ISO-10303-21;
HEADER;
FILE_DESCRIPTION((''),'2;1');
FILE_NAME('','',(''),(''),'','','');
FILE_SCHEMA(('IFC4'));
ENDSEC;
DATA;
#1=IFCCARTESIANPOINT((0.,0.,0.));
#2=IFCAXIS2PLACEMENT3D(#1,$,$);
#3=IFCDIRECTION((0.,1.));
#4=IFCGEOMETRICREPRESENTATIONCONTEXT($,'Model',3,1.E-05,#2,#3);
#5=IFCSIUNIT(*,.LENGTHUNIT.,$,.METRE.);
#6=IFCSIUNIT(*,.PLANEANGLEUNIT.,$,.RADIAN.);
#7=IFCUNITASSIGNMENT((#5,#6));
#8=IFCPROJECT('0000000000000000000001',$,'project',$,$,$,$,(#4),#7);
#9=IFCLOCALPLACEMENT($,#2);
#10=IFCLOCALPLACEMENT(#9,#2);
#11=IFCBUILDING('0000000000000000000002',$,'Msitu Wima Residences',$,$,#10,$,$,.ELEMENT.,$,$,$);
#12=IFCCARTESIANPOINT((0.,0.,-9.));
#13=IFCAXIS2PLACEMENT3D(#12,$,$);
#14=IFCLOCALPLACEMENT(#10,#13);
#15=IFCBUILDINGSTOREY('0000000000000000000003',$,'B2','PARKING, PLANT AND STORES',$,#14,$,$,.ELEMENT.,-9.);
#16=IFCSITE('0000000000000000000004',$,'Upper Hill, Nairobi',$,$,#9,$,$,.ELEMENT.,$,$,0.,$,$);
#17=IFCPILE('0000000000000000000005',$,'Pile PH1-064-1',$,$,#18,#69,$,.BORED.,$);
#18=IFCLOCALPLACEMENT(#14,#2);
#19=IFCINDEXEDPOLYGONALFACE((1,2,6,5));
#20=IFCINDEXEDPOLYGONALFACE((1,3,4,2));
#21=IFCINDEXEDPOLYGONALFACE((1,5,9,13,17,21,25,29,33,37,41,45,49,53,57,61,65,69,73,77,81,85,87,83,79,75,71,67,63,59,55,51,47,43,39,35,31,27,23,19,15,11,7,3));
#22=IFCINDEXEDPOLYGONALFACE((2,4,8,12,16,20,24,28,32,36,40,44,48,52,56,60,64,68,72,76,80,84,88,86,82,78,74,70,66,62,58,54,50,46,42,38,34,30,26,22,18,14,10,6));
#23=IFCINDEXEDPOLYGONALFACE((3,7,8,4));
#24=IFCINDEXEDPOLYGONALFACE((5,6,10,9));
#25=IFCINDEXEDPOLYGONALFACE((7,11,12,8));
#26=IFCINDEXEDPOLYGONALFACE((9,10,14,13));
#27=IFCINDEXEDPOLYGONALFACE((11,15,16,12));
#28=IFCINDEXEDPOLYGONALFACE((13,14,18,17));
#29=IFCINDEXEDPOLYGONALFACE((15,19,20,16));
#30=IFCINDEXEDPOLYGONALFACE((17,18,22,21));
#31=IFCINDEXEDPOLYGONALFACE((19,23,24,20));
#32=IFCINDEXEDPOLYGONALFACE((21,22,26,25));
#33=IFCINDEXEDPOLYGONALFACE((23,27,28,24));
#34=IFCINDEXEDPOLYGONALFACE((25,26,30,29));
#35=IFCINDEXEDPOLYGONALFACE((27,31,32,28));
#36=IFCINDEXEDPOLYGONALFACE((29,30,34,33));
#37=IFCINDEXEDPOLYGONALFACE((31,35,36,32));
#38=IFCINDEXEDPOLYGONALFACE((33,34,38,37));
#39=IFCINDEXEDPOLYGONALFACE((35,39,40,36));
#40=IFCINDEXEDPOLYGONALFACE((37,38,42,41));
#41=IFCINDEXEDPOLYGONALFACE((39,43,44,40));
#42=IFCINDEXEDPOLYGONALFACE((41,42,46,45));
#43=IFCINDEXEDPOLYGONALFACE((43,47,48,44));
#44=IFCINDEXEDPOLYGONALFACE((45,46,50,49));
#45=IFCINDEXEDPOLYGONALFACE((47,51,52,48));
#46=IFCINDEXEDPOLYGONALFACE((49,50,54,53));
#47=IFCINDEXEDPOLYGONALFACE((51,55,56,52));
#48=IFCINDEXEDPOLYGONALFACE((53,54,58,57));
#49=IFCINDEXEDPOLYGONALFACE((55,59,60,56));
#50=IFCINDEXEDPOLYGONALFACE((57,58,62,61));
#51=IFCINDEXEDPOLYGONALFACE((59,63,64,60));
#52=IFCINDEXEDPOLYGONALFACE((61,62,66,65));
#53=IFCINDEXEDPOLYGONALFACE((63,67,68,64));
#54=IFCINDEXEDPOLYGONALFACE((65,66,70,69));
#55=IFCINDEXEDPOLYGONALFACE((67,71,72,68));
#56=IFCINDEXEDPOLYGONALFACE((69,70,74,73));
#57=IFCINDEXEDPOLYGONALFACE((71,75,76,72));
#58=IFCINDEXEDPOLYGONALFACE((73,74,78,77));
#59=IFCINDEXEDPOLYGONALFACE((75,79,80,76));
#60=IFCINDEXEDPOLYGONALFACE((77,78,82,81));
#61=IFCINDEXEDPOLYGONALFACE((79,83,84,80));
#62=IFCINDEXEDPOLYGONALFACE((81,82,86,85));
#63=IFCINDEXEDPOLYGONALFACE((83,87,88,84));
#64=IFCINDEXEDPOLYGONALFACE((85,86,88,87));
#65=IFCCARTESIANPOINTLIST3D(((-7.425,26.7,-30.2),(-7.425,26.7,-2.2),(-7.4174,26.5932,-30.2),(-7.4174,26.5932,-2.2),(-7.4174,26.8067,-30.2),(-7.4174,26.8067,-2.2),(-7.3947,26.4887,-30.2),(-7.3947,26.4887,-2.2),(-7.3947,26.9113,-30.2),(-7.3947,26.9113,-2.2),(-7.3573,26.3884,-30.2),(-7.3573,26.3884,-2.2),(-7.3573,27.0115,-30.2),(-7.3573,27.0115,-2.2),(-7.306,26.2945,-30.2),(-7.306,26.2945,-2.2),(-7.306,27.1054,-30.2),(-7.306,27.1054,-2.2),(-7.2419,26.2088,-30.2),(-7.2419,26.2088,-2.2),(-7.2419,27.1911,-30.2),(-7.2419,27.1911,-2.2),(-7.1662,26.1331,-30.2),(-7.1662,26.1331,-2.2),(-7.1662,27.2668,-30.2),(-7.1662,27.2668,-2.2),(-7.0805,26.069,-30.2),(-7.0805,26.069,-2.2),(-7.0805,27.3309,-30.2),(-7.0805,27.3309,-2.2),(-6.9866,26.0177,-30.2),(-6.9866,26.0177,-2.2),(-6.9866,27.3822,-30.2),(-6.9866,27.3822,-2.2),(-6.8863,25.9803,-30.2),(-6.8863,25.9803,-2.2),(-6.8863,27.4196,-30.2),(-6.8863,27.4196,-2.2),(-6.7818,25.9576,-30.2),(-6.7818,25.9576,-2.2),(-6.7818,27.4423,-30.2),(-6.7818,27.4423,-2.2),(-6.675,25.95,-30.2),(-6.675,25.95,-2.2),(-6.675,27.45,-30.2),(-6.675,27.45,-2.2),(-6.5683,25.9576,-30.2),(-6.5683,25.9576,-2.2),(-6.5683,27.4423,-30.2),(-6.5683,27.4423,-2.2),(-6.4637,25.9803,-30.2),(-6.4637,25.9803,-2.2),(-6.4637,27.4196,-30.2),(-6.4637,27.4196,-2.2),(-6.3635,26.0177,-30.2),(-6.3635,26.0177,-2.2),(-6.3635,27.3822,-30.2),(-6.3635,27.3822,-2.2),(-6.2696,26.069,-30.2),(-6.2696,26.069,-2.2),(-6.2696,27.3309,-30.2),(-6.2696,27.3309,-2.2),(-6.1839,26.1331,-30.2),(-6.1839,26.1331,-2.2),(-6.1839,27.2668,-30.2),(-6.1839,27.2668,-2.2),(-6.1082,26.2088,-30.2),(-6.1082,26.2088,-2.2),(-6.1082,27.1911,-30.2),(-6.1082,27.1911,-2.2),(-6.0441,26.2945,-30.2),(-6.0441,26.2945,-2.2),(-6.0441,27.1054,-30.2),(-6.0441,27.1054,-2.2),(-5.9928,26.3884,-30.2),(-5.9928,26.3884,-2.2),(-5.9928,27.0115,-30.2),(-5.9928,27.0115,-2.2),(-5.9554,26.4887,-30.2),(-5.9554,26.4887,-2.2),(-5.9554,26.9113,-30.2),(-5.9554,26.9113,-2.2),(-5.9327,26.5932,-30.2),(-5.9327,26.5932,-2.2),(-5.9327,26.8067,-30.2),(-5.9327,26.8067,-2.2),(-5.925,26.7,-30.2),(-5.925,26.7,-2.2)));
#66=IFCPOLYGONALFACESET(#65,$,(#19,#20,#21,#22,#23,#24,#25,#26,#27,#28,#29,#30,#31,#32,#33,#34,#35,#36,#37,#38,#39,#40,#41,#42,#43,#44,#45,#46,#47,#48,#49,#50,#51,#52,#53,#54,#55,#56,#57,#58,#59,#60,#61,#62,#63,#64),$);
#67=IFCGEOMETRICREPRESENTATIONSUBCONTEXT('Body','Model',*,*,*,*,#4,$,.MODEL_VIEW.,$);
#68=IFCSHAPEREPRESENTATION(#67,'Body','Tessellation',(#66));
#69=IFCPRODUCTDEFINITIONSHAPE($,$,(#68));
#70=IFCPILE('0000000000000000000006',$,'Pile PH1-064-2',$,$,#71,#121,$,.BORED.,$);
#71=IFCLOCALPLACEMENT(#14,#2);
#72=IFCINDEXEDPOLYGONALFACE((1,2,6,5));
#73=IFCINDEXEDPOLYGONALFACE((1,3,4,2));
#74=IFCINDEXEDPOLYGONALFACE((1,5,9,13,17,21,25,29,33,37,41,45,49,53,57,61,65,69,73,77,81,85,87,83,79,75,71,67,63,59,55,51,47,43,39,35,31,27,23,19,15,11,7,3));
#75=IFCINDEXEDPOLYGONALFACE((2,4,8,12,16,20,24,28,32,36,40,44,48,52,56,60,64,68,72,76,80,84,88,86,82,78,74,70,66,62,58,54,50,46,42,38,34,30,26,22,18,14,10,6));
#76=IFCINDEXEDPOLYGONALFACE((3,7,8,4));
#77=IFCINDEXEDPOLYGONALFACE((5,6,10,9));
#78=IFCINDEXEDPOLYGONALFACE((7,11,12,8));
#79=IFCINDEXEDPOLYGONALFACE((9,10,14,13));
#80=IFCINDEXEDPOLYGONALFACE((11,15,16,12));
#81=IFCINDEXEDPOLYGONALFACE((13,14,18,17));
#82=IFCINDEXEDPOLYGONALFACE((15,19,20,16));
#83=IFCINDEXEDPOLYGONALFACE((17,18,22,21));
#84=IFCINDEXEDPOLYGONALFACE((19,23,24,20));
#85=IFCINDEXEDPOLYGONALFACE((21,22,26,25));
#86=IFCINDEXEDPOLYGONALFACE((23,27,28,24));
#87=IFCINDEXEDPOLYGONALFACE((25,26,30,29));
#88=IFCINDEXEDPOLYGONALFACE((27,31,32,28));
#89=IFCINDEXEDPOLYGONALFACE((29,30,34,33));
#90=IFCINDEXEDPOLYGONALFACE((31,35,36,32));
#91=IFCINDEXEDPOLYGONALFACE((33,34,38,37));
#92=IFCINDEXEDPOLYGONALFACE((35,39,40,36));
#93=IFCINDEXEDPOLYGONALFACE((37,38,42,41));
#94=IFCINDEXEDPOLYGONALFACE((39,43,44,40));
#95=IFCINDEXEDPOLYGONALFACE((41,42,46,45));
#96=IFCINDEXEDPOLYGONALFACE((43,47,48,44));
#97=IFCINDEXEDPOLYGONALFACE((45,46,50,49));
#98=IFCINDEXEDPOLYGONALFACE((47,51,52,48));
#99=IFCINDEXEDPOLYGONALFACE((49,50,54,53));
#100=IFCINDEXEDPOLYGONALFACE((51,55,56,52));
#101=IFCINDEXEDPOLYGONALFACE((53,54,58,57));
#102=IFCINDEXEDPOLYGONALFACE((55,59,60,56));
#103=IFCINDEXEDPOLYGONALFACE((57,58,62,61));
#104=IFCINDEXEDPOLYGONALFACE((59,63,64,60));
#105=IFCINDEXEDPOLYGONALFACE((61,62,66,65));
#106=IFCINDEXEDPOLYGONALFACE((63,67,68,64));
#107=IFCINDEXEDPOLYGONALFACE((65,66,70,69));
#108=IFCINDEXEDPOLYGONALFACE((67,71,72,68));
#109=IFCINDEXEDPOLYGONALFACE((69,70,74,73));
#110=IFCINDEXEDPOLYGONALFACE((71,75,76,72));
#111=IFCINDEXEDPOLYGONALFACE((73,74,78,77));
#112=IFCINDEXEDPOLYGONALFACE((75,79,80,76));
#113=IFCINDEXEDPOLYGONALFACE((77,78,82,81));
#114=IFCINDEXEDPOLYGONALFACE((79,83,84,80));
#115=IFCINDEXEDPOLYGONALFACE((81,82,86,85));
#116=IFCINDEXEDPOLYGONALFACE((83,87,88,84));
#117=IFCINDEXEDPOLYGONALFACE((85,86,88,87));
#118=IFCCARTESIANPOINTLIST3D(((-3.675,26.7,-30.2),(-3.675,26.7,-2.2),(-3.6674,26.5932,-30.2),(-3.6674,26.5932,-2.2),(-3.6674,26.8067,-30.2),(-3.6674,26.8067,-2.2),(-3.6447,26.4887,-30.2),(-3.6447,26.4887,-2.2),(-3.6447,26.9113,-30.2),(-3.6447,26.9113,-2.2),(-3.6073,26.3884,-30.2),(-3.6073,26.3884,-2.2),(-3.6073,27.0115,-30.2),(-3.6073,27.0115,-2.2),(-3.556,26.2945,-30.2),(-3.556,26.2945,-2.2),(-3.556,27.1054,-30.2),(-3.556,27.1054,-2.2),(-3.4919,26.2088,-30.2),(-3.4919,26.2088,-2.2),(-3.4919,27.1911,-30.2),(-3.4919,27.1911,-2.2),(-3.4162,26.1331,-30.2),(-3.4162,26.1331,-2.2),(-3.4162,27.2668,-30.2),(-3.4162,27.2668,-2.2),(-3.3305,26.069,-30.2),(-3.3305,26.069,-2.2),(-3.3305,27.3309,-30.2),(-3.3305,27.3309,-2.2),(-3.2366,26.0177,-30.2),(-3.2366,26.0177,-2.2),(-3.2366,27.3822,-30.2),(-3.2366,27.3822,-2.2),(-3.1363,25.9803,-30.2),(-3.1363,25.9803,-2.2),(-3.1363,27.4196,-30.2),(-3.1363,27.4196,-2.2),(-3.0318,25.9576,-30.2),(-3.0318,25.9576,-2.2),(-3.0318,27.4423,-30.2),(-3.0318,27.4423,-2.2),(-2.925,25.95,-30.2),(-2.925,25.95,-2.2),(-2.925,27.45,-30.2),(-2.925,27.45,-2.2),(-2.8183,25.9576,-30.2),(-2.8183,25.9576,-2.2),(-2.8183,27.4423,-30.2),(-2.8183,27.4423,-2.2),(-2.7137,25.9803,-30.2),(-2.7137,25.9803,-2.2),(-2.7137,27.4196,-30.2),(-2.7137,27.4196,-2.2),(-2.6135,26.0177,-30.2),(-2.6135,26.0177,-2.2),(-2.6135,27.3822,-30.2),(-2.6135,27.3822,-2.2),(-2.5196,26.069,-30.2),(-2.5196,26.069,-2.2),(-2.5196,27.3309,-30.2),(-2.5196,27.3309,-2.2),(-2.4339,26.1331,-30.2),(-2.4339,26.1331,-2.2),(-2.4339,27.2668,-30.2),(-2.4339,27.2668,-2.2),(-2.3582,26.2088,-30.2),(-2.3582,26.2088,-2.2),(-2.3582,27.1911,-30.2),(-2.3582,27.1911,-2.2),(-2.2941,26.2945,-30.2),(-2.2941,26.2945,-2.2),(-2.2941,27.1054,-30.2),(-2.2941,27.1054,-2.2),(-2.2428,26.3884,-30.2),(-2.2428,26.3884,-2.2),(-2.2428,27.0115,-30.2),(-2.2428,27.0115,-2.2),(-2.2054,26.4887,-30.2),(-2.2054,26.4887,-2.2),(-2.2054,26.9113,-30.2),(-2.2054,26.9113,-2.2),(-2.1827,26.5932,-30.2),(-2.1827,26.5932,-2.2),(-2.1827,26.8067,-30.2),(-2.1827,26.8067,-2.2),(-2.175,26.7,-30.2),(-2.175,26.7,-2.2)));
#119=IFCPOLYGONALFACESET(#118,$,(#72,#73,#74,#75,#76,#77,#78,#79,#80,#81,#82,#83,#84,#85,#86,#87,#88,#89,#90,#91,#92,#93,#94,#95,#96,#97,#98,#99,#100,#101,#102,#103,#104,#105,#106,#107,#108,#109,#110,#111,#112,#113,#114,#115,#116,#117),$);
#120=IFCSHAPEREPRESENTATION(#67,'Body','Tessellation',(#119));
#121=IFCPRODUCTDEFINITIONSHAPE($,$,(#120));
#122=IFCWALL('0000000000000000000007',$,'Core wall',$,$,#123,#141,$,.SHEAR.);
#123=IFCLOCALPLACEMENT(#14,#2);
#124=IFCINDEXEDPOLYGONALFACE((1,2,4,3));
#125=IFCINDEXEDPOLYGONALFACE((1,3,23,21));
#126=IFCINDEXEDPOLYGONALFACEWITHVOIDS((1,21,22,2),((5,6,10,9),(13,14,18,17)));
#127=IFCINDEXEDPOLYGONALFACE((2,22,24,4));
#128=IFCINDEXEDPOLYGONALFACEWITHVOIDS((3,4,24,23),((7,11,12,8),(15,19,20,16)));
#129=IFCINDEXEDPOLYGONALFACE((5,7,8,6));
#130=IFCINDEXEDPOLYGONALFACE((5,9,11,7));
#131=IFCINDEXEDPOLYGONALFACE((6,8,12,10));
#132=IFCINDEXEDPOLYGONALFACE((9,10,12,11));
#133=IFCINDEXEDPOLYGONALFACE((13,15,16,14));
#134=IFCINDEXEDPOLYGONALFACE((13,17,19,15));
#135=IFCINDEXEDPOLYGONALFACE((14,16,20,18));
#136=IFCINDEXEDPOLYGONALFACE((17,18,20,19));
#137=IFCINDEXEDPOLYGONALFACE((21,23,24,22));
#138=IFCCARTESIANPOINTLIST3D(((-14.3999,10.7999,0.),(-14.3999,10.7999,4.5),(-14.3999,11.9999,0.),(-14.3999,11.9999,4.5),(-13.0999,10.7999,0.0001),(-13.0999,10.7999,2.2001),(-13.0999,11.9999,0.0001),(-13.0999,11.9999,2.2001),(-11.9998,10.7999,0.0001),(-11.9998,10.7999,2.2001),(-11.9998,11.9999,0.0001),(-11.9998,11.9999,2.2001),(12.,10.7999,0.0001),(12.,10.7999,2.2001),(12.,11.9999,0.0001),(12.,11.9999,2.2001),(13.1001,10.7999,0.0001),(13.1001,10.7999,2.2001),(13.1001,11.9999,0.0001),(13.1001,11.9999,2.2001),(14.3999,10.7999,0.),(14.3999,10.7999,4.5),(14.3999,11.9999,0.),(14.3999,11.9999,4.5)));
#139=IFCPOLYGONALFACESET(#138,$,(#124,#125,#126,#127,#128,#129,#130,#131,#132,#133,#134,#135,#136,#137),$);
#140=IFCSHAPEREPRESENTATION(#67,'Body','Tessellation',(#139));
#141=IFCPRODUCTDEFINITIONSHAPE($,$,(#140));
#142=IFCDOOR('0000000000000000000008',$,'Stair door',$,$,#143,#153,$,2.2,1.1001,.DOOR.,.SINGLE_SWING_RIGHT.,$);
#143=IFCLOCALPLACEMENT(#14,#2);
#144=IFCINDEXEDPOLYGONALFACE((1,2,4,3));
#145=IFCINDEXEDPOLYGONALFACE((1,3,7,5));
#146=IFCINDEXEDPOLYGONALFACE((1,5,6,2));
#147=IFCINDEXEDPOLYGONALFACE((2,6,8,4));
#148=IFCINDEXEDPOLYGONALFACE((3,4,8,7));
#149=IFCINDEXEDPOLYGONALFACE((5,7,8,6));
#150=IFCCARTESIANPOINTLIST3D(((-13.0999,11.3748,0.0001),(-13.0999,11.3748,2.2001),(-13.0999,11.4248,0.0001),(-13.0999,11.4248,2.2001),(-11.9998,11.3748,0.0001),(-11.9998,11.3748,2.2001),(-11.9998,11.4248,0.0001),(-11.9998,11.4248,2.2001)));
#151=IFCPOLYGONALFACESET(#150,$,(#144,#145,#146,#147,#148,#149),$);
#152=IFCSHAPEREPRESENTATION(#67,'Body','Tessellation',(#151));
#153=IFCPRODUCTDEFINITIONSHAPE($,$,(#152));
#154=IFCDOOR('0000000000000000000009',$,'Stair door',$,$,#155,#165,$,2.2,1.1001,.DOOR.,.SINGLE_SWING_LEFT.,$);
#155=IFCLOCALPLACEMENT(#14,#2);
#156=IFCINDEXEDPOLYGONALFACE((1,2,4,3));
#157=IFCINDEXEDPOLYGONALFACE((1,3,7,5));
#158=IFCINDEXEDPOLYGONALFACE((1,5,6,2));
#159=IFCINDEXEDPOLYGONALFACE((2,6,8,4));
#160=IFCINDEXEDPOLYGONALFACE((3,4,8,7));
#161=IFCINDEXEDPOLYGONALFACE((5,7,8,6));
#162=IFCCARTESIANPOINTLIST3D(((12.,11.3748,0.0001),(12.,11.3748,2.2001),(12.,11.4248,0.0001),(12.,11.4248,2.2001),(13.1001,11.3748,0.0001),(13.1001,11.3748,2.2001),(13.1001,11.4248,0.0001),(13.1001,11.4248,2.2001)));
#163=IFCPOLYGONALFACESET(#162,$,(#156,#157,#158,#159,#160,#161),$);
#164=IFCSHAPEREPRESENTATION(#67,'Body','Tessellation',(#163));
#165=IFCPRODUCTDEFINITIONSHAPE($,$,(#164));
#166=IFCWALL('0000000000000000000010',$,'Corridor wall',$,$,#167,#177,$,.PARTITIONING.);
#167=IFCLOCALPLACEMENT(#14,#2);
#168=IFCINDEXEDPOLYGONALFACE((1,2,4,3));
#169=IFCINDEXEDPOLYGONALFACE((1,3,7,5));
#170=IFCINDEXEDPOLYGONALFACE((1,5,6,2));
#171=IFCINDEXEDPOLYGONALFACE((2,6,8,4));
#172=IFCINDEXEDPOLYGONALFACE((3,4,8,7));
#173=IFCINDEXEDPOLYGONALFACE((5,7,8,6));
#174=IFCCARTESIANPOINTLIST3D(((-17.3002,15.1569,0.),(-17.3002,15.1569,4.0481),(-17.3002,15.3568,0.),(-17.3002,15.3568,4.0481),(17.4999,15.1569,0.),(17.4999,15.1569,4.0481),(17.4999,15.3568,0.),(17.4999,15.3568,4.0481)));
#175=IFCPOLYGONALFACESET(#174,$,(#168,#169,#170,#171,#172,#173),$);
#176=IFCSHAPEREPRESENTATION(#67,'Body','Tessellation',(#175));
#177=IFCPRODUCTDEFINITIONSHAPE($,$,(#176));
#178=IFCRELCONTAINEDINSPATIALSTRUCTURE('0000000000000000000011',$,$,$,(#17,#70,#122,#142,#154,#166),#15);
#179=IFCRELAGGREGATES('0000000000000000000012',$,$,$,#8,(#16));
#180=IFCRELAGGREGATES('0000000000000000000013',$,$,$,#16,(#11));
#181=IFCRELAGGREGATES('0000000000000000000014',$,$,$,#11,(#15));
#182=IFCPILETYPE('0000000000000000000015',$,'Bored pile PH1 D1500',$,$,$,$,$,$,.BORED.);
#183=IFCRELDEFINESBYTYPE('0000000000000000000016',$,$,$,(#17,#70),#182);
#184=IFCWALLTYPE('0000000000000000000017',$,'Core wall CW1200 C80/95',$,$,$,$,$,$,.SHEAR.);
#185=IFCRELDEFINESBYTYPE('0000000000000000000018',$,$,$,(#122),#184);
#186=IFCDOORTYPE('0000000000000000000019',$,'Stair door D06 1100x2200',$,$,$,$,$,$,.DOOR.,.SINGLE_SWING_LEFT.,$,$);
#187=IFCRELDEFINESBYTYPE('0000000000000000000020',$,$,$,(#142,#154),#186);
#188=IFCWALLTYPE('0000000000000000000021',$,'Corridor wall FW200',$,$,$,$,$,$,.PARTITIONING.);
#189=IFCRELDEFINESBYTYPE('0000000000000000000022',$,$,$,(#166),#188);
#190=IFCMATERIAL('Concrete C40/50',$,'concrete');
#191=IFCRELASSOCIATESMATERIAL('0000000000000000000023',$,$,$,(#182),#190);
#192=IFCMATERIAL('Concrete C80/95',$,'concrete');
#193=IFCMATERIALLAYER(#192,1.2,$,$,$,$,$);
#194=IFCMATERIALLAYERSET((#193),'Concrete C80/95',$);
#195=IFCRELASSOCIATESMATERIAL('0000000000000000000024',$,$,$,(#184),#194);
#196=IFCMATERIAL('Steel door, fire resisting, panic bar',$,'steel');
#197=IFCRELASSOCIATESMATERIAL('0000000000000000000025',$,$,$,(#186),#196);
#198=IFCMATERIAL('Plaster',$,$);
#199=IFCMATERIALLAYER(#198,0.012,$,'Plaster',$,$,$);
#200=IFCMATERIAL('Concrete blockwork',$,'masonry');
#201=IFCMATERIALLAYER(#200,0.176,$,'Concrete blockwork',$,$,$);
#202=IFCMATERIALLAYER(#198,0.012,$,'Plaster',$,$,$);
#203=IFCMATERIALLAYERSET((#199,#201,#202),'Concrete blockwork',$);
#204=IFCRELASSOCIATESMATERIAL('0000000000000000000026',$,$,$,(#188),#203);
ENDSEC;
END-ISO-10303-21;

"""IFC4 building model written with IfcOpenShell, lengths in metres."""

from ifc_helpers import new_model, si_unit, direction, frame, frame_2d, origin, origin_2d, place, context, subcontext, project, spatial, rectangle, circle, extrude, material, layer, layer_set, type_object, element, fill, save


model = new_model("IFC4")

# Units and contexts
model_context = context("Model", 3, precision=1e-05, world=origin(), true_north=direction((0.0, 1.0)))
body_context = subcontext(model_context, "Body", "Model", "MODEL_VIEW")
ifc_project = project(units=[si_unit("LENGTHUNIT", "METRE"), si_unit("PLANEANGLEUNIT", "RADIAN")], contexts=[model_context])

# Site, building, storey
site_placement = place(None, origin())
site = spatial("IfcSite", under=ifc_project, at=site_placement, Name="Upper Hill, Nairobi", CompositionType="ELEMENT", RefElevation=0.0)
building_placement = place(site_placement, origin())
building = spatial("IfcBuilding", under=site, at=building_placement, Name="Msitu Wima Residences", CompositionType="ELEMENT")
storey_placement = place(building_placement, frame((0.0, 0.0, -9.0)))
storey = spatial("IfcBuildingStorey", under=building, at=storey_placement, Name="B2", Description="PARKING, PLANT AND STORES", CompositionType="ELEMENT", Elevation=-9.0)

# Piles
ifc_material_1 = material(Name="Concrete C40/50", Category="concrete")
pile_type = type_object("IfcPileType", Name="Bored pile PH1 D1500", PredefinedType="BORED", material=ifc_material_1)
for number, where, z_axis, x_axis, name in (
    (1, (-6.675, 26.7, -2.2), (0.0, 0.0, -1.0), (1.0, 0.0, 0.0), "Pile PH1-064-1"),
    (2, (-2.925, 26.7, -2.2), (0.0, 0.0, -1.0), (1.0, 0.0, 0.0), "Pile PH1-064-2"),
):
    element("IfcPile", number, at=place(storey_placement, frame(where, z_axis=z_axis, x_axis=x_axis)), inside=storey, type_object=pile_type, Name=name, PredefinedType="BORED", context=body_context, shape_type="SweptSolid", body=[
        extrude(circle(Radius=0.75, at=origin_2d()), origin(), (0.0, 0.0, 1.0), 28.0),
    ])

# Wall, openings, doors
ifc_material_2 = material(Name="Concrete C80/95", Category="concrete")
ifc_layer_1 = layer(ifc_material_2, 1.2)
ifc_layer_set_1 = layer_set([ifc_layer_1], Name="Concrete C80/95")
wall_type_1 = type_object("IfcWallType", Name="Core wall CW1200 C80/95", PredefinedType="SHEAR", material=ifc_layer_set_1)
wall_1_placement = place(storey_placement, frame((-14.3999, 11.3999, 0.0), z_axis=(0.0, 0.0, 1.0), x_axis=(1.0, 0.0, 0.0)))
wall_1 = element("IfcWall", 3, at=wall_1_placement, inside=storey, type_object=wall_type_1, Name="Core wall", PredefinedType="SHEAR", context=body_context, shape_type="SweptSolid", body=[
    extrude(rectangle(XDim=28.7998, YDim=1.2, at=frame_2d((14.3999, 0.0))), origin(), (0.0, 0.0, 1.0), 4.5),
])
opening_1_placement = place(wall_1_placement, frame((1.3, 0.0, 0.0)))
opening_1 = element("IfcOpeningElement", 4, at=opening_1_placement, cuts=wall_1, PredefinedType="OPENING", context=body_context, shape_type="SweptSolid", body=[
    extrude(rectangle(XDim=1.1001, YDim=2.2, at=frame_2d((0.55, 1.1001))), frame((0.0, 0.6099, 0.0), z_axis=(0.0, -1.0, 0.0), x_axis=(1.0, 0.0, 0.0)), (0.0, 0.0, 1.0), 1.22),
])
opening_2_placement = place(wall_1_placement, frame((26.3999, 0.0, 0.0)))
opening_2 = element("IfcOpeningElement", 5, at=opening_2_placement, cuts=wall_1, PredefinedType="OPENING", context=body_context, shape_type="SweptSolid", body=[
    extrude(rectangle(XDim=1.1001, YDim=2.2, at=frame_2d((0.55, 1.1001))), frame((0.0, 0.6099, 0.0), z_axis=(0.0, -1.0, 0.0), x_axis=(1.0, 0.0, 0.0)), (0.0, 0.0, 1.0), 1.22),
])
ifc_material_3 = material(Name="Steel door, fire resisting, panic bar", Category="steel")
door_type = type_object("IfcDoorType", Name="Stair door D06 1100x2200", OperationType="SINGLE_SWING_LEFT", PredefinedType="DOOR", material=ifc_material_3)
door_1_placement = place(opening_1_placement, origin())
door_1 = element("IfcDoor", 6, at=door_1_placement, inside=storey, type_object=door_type, Name="Stair door", OperationType="SINGLE_SWING_RIGHT", OverallHeight=2.2, OverallWidth=1.1001, PredefinedType="DOOR", context=body_context, shape_type="SweptSolid", body=[
    extrude(rectangle(XDim=1.1001, YDim=2.2, at=frame_2d((0.55, 1.1001))), frame((0.0, 0.0249, 0.0), z_axis=(0.0, -1.0, 0.0), x_axis=(1.0, 0.0, 0.0)), (0.0, 0.0, 1.0), 0.05),
])
fill(opening_1, door_1)
door_2_placement = place(opening_2_placement, origin())
door_2 = element("IfcDoor", 7, at=door_2_placement, inside=storey, type_object=door_type, Name="Stair door", OperationType="SINGLE_SWING_LEFT", OverallHeight=2.2, OverallWidth=1.1001, PredefinedType="DOOR", context=body_context, shape_type="SweptSolid", body=[
    extrude(rectangle(XDim=1.1001, YDim=2.2, at=frame_2d((0.55, 1.1001))), frame((0.0, 0.0249, 0.0), z_axis=(0.0, -1.0, 0.0), x_axis=(1.0, 0.0, 0.0)), (0.0, 0.0, 1.0), 0.05),
])
fill(opening_2, door_2)

# Wall
ifc_material_4 = material(Name="Plaster")
ifc_layer_2 = layer(ifc_material_4, 0.012, Name="Plaster")
ifc_material_5 = material(Name="Concrete blockwork", Category="masonry")
ifc_layer_3 = layer(ifc_material_5, 0.176, Name="Concrete blockwork")
ifc_layer_4 = layer(ifc_material_4, 0.012, Name="Plaster")
ifc_layer_set_2 = layer_set([ifc_layer_2, ifc_layer_3, ifc_layer_4], Name="Concrete blockwork")
wall_type_2 = type_object("IfcWallType", Name="Corridor wall FW200", PredefinedType="PARTITIONING", material=ifc_layer_set_2)
wall_2_placement = place(storey_placement, frame((-17.3, 15.2568, 0.0), z_axis=(0.0, 0.0, 1.0), x_axis=(1.0, 0.0, 0.0)))
element("IfcWall", 8, at=wall_2_placement, inside=storey, type_object=wall_type_2, Name="Corridor wall", PredefinedType="PARTITIONING", context=body_context, shape_type="SweptSolid", body=[
    extrude(rectangle(XDim=34.8, YDim=0.2, at=frame_2d((17.3999, 0.0))), origin(), (0.0, 0.0, 1.0), 4.0481),
])

save(model, "model.ifc")
